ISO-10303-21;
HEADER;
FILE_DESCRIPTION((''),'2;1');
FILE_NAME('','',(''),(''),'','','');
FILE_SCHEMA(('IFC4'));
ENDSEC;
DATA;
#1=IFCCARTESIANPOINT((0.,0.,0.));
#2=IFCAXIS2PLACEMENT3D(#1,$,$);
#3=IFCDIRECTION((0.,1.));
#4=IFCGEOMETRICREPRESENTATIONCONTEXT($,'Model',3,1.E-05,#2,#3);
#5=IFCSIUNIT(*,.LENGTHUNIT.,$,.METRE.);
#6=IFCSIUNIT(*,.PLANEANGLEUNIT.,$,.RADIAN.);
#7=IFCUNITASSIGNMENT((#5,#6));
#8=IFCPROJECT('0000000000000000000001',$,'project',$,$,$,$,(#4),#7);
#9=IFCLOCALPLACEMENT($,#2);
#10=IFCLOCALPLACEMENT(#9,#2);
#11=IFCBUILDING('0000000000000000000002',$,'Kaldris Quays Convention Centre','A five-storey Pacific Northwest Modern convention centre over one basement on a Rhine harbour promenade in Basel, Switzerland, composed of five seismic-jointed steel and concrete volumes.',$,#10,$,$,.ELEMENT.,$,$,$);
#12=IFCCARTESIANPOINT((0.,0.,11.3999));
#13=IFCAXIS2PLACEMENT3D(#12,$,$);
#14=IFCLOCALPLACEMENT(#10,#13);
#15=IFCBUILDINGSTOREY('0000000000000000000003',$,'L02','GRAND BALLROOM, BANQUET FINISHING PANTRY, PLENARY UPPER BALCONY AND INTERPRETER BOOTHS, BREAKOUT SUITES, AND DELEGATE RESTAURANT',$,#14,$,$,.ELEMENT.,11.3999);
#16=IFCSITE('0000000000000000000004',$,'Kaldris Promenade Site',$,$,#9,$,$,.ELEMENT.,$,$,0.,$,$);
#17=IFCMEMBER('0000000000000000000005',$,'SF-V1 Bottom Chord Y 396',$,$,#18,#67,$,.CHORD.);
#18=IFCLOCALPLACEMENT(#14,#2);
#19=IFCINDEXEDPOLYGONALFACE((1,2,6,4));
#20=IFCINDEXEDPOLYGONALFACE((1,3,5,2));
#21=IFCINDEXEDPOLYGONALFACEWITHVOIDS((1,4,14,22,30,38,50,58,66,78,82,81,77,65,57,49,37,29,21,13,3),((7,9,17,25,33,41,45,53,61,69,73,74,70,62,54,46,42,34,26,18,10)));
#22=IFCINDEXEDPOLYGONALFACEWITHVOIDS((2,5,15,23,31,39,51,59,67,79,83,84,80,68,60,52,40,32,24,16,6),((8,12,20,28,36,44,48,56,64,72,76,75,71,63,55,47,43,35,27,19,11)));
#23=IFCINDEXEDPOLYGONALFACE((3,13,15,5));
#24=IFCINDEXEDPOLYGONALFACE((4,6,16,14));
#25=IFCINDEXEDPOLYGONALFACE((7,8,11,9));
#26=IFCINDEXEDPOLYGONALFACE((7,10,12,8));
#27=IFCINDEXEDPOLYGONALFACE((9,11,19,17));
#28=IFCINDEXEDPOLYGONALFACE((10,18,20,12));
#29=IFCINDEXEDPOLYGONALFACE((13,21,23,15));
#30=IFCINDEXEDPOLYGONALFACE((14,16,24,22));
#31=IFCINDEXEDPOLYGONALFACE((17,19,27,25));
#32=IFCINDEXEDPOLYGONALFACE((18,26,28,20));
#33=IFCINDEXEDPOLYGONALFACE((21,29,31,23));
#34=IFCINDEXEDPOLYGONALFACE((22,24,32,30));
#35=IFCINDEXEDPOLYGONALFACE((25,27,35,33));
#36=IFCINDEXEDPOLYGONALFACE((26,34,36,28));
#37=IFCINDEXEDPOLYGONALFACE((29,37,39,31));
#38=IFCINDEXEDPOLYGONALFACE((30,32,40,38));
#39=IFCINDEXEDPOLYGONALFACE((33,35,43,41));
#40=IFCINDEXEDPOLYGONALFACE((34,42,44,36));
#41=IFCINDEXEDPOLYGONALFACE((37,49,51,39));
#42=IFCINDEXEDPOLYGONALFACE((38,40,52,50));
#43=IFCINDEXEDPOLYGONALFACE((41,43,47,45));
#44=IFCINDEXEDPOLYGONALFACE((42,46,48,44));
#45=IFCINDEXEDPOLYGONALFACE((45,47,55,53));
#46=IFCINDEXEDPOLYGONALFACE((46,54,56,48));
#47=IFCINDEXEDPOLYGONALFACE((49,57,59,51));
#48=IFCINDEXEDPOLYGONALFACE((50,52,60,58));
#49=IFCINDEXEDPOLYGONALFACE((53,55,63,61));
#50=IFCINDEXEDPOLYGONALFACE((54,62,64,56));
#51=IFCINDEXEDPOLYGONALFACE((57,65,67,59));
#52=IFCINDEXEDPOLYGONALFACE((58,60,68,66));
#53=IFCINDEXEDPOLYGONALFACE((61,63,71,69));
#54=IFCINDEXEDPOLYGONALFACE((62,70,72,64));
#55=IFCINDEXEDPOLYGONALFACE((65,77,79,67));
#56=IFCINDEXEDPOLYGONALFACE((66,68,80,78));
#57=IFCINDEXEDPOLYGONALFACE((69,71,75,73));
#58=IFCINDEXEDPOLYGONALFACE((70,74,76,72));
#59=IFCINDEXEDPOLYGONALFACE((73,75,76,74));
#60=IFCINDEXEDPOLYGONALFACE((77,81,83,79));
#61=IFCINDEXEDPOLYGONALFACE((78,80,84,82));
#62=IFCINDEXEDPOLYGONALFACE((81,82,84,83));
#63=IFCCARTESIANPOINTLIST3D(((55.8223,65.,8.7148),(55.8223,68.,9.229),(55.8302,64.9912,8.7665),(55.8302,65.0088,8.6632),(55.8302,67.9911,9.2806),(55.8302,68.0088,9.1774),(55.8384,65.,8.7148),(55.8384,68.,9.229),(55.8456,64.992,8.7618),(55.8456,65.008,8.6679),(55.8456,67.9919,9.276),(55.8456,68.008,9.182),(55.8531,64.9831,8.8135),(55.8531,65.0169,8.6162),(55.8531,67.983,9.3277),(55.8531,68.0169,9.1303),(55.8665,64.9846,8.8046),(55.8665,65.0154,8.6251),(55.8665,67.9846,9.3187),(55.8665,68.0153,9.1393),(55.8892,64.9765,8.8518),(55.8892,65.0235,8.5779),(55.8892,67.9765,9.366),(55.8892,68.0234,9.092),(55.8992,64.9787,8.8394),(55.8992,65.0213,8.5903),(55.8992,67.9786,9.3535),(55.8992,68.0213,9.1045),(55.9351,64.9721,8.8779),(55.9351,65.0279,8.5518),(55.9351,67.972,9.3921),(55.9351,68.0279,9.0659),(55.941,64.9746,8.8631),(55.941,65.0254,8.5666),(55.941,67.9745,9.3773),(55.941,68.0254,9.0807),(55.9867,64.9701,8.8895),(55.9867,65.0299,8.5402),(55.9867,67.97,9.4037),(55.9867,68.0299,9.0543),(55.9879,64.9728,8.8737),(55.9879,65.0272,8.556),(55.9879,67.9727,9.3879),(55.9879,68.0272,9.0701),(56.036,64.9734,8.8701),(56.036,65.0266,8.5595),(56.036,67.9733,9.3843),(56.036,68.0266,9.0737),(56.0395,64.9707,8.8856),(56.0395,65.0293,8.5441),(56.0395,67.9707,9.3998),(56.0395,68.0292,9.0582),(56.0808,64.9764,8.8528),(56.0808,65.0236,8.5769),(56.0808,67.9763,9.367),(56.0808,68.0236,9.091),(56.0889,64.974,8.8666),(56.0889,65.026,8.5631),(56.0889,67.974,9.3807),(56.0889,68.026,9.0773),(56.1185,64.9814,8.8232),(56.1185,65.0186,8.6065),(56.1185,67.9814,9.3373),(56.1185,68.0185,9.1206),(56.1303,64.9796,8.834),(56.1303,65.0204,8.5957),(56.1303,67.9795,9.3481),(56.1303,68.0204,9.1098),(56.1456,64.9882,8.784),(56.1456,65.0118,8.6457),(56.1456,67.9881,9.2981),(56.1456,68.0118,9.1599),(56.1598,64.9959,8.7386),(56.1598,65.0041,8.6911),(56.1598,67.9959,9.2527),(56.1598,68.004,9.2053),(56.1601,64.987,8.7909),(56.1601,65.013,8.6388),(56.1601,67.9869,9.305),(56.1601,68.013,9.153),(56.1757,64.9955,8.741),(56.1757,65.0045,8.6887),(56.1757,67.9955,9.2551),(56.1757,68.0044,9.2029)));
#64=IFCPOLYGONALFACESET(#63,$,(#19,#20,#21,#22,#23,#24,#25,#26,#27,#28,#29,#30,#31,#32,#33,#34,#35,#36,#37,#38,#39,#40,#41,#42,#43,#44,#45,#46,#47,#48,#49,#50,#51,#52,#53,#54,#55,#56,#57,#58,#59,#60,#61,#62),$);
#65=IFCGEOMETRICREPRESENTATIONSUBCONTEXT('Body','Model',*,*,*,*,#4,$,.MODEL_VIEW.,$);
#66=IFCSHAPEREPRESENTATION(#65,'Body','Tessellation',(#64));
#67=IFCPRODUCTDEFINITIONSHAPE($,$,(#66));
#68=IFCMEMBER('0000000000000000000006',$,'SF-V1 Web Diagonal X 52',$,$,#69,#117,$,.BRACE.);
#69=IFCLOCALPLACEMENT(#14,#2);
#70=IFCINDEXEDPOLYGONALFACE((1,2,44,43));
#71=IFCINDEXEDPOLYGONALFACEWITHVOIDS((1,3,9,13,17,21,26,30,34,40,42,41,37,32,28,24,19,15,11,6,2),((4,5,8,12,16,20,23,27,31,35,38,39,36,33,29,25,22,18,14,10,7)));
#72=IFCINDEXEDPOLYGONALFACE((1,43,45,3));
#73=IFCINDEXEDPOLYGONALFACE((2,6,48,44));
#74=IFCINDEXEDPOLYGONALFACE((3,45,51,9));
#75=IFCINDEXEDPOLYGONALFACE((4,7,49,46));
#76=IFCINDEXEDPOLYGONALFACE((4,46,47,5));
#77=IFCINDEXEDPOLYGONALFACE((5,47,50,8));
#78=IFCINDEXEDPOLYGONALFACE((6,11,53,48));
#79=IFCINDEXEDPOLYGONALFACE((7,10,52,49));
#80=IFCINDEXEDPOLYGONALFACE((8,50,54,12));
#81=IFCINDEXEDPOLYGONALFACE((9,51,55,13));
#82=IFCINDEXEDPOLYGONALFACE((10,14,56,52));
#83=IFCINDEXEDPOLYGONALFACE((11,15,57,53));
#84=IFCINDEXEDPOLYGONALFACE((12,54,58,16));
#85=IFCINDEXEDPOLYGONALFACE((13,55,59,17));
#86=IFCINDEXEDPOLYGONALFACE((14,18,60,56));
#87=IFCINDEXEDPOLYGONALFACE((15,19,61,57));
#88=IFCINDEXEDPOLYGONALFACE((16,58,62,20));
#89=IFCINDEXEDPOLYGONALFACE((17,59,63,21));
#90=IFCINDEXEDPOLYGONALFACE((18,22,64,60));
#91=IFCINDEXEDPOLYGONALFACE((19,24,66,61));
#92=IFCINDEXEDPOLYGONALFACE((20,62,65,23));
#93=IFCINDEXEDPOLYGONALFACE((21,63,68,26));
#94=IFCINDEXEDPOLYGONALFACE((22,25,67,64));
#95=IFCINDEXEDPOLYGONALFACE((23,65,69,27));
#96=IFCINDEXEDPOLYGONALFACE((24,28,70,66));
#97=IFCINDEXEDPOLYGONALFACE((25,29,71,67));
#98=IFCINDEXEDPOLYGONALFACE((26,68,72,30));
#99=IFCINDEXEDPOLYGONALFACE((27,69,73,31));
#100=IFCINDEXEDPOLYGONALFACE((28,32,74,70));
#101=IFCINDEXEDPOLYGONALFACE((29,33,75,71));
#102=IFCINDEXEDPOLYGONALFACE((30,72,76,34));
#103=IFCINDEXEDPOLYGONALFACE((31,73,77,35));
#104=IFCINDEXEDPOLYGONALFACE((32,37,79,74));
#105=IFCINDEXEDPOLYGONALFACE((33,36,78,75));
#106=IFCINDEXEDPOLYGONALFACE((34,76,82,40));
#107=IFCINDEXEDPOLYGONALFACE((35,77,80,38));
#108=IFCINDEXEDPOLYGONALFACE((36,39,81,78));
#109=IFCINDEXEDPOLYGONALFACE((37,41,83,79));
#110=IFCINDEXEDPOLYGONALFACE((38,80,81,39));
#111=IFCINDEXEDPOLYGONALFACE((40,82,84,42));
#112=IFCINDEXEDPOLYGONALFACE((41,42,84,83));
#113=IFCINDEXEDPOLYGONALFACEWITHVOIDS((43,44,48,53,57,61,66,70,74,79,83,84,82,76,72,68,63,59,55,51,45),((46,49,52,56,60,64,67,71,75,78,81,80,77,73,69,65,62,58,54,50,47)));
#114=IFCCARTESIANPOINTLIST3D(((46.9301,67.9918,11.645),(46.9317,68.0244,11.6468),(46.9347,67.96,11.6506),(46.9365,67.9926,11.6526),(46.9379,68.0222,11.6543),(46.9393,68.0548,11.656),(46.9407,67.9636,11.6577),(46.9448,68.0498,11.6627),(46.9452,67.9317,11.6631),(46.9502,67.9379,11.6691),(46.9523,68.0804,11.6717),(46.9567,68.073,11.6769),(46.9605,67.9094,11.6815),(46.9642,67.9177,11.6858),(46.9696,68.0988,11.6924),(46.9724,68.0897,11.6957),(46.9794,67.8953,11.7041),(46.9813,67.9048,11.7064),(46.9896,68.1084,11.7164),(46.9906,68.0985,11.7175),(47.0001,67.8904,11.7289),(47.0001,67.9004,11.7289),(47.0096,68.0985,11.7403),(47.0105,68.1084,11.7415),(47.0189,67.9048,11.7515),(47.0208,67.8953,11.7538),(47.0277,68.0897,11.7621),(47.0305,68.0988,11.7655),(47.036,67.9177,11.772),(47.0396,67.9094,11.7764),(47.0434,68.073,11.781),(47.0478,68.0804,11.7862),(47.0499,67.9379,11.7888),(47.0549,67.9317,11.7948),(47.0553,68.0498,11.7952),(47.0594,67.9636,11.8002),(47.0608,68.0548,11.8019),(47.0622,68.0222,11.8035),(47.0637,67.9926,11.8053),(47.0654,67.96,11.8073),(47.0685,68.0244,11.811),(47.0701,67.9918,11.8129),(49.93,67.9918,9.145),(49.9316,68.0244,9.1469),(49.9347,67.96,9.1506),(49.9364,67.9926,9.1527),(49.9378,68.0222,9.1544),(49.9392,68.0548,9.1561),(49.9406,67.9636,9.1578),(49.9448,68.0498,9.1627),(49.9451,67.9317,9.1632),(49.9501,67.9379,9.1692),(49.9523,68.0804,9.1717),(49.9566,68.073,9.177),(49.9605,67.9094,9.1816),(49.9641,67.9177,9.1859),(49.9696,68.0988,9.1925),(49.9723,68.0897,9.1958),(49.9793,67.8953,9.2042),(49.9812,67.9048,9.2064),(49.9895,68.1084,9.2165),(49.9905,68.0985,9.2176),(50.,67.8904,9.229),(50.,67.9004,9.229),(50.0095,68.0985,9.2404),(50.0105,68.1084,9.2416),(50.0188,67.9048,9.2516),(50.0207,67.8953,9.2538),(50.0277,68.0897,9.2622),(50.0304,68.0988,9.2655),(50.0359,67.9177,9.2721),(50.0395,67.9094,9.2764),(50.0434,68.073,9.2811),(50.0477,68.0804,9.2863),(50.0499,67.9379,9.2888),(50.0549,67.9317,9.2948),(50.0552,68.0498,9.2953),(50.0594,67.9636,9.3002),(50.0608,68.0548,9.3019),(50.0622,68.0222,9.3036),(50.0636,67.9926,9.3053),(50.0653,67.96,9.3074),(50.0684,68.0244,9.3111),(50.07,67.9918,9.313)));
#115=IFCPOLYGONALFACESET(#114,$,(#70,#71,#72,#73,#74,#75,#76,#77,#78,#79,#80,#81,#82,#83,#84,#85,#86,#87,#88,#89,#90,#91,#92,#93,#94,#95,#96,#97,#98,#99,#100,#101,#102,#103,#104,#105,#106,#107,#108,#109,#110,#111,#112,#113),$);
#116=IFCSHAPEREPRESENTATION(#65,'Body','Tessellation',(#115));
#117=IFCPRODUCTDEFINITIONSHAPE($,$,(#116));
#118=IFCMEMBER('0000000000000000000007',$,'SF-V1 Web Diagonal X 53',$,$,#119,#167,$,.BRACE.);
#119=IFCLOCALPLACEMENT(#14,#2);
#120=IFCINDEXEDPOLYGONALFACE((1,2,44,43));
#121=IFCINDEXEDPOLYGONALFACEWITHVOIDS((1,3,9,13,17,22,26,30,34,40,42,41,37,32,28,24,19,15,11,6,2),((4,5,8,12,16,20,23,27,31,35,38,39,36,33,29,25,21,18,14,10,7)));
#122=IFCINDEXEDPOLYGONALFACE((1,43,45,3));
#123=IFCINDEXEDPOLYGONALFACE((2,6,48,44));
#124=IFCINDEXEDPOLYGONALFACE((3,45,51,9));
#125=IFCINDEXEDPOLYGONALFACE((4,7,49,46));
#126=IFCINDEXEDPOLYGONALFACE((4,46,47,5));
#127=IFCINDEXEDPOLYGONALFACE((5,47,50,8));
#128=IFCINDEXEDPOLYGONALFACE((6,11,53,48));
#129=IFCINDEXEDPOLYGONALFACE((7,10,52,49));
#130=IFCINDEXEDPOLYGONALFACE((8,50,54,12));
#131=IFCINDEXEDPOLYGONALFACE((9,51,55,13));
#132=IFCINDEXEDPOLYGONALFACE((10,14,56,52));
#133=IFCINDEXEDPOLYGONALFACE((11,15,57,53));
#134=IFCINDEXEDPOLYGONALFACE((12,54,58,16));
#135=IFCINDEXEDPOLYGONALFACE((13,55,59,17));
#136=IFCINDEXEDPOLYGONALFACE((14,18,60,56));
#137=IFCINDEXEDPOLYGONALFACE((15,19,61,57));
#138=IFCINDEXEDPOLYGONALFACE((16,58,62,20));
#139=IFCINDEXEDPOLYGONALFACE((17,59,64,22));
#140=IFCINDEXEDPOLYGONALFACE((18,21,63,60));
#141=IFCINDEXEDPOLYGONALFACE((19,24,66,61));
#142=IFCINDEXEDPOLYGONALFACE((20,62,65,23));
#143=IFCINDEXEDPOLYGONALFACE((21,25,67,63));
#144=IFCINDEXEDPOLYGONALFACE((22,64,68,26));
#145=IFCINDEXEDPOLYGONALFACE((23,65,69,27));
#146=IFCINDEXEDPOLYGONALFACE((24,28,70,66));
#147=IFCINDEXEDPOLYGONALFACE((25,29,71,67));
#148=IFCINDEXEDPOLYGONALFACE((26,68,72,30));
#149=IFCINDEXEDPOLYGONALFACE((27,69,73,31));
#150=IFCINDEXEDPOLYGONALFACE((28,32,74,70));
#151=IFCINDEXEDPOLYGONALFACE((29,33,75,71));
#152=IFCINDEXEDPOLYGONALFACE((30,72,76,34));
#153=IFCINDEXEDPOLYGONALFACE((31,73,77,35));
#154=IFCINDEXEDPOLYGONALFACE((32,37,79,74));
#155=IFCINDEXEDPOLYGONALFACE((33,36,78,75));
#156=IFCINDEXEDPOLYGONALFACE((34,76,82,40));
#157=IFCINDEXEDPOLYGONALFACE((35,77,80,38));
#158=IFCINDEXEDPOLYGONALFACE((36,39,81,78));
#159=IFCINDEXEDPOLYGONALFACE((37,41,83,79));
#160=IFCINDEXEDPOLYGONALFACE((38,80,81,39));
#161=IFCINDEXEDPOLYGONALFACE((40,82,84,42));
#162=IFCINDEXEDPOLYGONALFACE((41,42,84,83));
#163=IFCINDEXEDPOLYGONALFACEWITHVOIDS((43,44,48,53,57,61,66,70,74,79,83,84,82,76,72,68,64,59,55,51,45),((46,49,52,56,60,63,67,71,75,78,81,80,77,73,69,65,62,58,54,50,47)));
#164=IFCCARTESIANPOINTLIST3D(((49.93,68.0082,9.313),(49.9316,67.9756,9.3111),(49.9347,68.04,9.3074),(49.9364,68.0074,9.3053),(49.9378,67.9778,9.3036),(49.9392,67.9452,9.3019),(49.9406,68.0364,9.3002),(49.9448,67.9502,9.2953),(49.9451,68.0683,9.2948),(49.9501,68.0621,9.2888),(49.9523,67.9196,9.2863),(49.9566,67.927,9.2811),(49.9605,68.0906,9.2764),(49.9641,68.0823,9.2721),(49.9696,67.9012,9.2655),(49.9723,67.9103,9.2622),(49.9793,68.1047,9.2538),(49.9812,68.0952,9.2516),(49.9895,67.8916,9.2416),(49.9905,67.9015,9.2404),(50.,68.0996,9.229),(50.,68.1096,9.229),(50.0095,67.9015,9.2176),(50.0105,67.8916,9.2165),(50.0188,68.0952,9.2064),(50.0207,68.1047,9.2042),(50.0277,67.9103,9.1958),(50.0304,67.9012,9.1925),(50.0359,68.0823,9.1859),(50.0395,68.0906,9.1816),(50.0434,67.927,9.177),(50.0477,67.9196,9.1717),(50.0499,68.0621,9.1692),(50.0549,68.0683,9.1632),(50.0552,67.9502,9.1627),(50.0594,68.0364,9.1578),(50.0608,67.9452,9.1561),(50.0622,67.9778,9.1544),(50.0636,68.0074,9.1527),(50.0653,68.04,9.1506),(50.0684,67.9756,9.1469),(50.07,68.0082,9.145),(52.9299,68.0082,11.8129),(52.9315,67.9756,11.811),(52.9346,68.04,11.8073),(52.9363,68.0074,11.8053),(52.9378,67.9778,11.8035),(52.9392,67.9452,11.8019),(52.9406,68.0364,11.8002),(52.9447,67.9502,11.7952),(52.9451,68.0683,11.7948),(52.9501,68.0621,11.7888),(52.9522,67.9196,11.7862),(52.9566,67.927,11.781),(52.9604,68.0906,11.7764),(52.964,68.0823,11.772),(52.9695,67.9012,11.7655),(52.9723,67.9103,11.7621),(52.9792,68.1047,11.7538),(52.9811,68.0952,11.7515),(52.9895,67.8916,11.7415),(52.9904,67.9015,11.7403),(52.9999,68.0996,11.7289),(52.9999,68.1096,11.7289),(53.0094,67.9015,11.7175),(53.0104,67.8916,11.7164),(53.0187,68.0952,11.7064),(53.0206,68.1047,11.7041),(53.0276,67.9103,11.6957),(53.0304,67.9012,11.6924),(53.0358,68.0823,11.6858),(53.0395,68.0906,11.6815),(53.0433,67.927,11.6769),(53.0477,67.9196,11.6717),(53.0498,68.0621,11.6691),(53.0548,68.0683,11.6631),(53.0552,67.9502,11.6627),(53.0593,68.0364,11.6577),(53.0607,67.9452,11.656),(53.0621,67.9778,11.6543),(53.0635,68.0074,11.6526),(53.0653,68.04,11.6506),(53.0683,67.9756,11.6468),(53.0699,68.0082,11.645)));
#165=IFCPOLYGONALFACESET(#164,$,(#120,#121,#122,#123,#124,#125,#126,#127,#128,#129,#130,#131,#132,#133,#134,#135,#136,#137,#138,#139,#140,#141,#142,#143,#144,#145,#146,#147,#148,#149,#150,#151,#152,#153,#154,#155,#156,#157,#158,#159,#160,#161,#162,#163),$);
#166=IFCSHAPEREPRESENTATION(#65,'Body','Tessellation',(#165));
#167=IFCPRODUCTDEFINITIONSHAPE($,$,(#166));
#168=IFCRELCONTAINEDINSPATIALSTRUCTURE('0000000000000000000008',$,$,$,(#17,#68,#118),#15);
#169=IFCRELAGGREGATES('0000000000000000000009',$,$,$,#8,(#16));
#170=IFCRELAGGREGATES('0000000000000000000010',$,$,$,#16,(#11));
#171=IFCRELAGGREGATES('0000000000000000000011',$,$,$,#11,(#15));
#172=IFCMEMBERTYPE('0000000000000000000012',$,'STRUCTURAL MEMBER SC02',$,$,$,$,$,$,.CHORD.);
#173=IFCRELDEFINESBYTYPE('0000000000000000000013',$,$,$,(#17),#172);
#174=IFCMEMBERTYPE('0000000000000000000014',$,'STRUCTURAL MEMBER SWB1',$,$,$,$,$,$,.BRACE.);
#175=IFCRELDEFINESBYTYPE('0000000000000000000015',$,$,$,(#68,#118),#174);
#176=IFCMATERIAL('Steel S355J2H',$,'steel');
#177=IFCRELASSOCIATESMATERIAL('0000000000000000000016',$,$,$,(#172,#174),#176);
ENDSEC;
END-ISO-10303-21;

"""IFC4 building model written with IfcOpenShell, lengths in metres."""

from ifc_helpers import new_model, si_unit, direction, frame, origin, origin_2d, place, context, subcontext, project, spatial, hollow_circle, extrude, material, material_profile, profile_set, type_object, element, save


model = new_model("IFC4")

# Units and contexts
model_context = context("Model", 3, precision=1e-05, world=origin(), true_north=direction((0.0, 1.0)))
body_context = subcontext(model_context, "Body", "Model", "MODEL_VIEW")
ifc_project = project(units=[si_unit("LENGTHUNIT", "METRE"), si_unit("PLANEANGLEUNIT", "RADIAN")], contexts=[model_context])

# Site, building, storey
site_placement = place(None, origin())
site = spatial("IfcSite", under=ifc_project, at=site_placement, Name="Kaldris Promenade Site", CompositionType="ELEMENT", RefElevation=0.0)
building_placement = place(site_placement, origin())
building = spatial("IfcBuilding", under=site, at=building_placement, Name="Kaldris Quays Convention Centre", Description="A five-storey Pacific Northwest Modern convention centre over one basement on a Rhine harbour promenade in Basel, Switzerland, composed of five seismic-jointed steel and concrete volumes.", CompositionType="ELEMENT")
storey_placement = place(building_placement, frame((0.0, 0.0, 11.3999)))
storey = spatial("IfcBuildingStorey", under=building, at=storey_placement, Name="L02", Description="GRAND BALLROOM, BANQUET FINISHING PANTRY, PLENARY UPPER BALCONY AND INTERPRETER BOOTHS, BREAKOUT SUITES, AND DELEGATE RESTAURANT", CompositionType="ELEMENT", Elevation=11.3999)

# Members
ifc_material_1 = material(Name="Steel S355J2H", Category="steel")
ifc_material_profile_1 = material_profile(ifc_material_1, hollow_circle(Radius=0.1777, WallThickness=0.0161, at=origin_2d()), Name="CHS 355.6x16")
ifc_profile_set_1 = profile_set([ifc_material_profile_1], Name="Steel S355J2H")
member_type_1 = type_object("IfcMemberType", Name="STRUCTURAL MEMBER SC02", PredefinedType="CHORD", material=ifc_profile_set_1)
for number, where, z_axis, x_axis, name in (
    (1, (56.0, 65.0, 8.7148), (0.0, 0.985629, 0.168924), (-1.0, 0.0, 0.0), "SF-V1 Bottom Chord Y 396"),
):
    element("IfcMember", number, at=place(storey_placement, frame(where, z_axis=z_axis, x_axis=x_axis)), inside=storey, type_object=member_type_1, Name=name, PredefinedType="CHORD", context=body_context, shape_type="SweptSolid", body=[
        extrude(hollow_circle(Radius=0.1777, WallThickness=0.0161, at=origin_2d()), origin(), (0.0, 0.0, 1.0), 3.0437),
    ])
ifc_material_profile_2 = material_profile(ifc_material_1, hollow_circle(Radius=0.1096, WallThickness=0.01, at=origin_2d()), Name="CHS 219.1x10")
ifc_profile_set_2 = profile_set([ifc_material_profile_2], Name="Steel S355J2H")
member_type_2 = type_object("IfcMemberType", Name="STRUCTURAL MEMBER SWB1", PredefinedType="BRACE", material=ifc_profile_set_2)
for number, where, z_axis, x_axis, name in (
    (2, (50.0, 68.0, 9.229), (-0.768221, 0.0, 0.640184), (0.0, -1.0, 0.0), "SF-V1 Web Diagonal X 52"),
    (3, (50.0, 68.0, 9.229), (0.768221, 0.0, 0.640184), (0.0, 1.0, 0.0), "SF-V1 Web Diagonal X 53"),
):
    element("IfcMember", number, at=place(storey_placement, frame(where, z_axis=z_axis, x_axis=x_axis)), inside=storey, type_object=member_type_2, Name=name, PredefinedType="BRACE", context=body_context, shape_type="SweptSolid", body=[
        extrude(hollow_circle(Radius=0.1096, WallThickness=0.01, at=origin_2d()), origin(), (0.0, 0.0, 1.0), 3.905),
    ])

save(model, "model.ifc")
